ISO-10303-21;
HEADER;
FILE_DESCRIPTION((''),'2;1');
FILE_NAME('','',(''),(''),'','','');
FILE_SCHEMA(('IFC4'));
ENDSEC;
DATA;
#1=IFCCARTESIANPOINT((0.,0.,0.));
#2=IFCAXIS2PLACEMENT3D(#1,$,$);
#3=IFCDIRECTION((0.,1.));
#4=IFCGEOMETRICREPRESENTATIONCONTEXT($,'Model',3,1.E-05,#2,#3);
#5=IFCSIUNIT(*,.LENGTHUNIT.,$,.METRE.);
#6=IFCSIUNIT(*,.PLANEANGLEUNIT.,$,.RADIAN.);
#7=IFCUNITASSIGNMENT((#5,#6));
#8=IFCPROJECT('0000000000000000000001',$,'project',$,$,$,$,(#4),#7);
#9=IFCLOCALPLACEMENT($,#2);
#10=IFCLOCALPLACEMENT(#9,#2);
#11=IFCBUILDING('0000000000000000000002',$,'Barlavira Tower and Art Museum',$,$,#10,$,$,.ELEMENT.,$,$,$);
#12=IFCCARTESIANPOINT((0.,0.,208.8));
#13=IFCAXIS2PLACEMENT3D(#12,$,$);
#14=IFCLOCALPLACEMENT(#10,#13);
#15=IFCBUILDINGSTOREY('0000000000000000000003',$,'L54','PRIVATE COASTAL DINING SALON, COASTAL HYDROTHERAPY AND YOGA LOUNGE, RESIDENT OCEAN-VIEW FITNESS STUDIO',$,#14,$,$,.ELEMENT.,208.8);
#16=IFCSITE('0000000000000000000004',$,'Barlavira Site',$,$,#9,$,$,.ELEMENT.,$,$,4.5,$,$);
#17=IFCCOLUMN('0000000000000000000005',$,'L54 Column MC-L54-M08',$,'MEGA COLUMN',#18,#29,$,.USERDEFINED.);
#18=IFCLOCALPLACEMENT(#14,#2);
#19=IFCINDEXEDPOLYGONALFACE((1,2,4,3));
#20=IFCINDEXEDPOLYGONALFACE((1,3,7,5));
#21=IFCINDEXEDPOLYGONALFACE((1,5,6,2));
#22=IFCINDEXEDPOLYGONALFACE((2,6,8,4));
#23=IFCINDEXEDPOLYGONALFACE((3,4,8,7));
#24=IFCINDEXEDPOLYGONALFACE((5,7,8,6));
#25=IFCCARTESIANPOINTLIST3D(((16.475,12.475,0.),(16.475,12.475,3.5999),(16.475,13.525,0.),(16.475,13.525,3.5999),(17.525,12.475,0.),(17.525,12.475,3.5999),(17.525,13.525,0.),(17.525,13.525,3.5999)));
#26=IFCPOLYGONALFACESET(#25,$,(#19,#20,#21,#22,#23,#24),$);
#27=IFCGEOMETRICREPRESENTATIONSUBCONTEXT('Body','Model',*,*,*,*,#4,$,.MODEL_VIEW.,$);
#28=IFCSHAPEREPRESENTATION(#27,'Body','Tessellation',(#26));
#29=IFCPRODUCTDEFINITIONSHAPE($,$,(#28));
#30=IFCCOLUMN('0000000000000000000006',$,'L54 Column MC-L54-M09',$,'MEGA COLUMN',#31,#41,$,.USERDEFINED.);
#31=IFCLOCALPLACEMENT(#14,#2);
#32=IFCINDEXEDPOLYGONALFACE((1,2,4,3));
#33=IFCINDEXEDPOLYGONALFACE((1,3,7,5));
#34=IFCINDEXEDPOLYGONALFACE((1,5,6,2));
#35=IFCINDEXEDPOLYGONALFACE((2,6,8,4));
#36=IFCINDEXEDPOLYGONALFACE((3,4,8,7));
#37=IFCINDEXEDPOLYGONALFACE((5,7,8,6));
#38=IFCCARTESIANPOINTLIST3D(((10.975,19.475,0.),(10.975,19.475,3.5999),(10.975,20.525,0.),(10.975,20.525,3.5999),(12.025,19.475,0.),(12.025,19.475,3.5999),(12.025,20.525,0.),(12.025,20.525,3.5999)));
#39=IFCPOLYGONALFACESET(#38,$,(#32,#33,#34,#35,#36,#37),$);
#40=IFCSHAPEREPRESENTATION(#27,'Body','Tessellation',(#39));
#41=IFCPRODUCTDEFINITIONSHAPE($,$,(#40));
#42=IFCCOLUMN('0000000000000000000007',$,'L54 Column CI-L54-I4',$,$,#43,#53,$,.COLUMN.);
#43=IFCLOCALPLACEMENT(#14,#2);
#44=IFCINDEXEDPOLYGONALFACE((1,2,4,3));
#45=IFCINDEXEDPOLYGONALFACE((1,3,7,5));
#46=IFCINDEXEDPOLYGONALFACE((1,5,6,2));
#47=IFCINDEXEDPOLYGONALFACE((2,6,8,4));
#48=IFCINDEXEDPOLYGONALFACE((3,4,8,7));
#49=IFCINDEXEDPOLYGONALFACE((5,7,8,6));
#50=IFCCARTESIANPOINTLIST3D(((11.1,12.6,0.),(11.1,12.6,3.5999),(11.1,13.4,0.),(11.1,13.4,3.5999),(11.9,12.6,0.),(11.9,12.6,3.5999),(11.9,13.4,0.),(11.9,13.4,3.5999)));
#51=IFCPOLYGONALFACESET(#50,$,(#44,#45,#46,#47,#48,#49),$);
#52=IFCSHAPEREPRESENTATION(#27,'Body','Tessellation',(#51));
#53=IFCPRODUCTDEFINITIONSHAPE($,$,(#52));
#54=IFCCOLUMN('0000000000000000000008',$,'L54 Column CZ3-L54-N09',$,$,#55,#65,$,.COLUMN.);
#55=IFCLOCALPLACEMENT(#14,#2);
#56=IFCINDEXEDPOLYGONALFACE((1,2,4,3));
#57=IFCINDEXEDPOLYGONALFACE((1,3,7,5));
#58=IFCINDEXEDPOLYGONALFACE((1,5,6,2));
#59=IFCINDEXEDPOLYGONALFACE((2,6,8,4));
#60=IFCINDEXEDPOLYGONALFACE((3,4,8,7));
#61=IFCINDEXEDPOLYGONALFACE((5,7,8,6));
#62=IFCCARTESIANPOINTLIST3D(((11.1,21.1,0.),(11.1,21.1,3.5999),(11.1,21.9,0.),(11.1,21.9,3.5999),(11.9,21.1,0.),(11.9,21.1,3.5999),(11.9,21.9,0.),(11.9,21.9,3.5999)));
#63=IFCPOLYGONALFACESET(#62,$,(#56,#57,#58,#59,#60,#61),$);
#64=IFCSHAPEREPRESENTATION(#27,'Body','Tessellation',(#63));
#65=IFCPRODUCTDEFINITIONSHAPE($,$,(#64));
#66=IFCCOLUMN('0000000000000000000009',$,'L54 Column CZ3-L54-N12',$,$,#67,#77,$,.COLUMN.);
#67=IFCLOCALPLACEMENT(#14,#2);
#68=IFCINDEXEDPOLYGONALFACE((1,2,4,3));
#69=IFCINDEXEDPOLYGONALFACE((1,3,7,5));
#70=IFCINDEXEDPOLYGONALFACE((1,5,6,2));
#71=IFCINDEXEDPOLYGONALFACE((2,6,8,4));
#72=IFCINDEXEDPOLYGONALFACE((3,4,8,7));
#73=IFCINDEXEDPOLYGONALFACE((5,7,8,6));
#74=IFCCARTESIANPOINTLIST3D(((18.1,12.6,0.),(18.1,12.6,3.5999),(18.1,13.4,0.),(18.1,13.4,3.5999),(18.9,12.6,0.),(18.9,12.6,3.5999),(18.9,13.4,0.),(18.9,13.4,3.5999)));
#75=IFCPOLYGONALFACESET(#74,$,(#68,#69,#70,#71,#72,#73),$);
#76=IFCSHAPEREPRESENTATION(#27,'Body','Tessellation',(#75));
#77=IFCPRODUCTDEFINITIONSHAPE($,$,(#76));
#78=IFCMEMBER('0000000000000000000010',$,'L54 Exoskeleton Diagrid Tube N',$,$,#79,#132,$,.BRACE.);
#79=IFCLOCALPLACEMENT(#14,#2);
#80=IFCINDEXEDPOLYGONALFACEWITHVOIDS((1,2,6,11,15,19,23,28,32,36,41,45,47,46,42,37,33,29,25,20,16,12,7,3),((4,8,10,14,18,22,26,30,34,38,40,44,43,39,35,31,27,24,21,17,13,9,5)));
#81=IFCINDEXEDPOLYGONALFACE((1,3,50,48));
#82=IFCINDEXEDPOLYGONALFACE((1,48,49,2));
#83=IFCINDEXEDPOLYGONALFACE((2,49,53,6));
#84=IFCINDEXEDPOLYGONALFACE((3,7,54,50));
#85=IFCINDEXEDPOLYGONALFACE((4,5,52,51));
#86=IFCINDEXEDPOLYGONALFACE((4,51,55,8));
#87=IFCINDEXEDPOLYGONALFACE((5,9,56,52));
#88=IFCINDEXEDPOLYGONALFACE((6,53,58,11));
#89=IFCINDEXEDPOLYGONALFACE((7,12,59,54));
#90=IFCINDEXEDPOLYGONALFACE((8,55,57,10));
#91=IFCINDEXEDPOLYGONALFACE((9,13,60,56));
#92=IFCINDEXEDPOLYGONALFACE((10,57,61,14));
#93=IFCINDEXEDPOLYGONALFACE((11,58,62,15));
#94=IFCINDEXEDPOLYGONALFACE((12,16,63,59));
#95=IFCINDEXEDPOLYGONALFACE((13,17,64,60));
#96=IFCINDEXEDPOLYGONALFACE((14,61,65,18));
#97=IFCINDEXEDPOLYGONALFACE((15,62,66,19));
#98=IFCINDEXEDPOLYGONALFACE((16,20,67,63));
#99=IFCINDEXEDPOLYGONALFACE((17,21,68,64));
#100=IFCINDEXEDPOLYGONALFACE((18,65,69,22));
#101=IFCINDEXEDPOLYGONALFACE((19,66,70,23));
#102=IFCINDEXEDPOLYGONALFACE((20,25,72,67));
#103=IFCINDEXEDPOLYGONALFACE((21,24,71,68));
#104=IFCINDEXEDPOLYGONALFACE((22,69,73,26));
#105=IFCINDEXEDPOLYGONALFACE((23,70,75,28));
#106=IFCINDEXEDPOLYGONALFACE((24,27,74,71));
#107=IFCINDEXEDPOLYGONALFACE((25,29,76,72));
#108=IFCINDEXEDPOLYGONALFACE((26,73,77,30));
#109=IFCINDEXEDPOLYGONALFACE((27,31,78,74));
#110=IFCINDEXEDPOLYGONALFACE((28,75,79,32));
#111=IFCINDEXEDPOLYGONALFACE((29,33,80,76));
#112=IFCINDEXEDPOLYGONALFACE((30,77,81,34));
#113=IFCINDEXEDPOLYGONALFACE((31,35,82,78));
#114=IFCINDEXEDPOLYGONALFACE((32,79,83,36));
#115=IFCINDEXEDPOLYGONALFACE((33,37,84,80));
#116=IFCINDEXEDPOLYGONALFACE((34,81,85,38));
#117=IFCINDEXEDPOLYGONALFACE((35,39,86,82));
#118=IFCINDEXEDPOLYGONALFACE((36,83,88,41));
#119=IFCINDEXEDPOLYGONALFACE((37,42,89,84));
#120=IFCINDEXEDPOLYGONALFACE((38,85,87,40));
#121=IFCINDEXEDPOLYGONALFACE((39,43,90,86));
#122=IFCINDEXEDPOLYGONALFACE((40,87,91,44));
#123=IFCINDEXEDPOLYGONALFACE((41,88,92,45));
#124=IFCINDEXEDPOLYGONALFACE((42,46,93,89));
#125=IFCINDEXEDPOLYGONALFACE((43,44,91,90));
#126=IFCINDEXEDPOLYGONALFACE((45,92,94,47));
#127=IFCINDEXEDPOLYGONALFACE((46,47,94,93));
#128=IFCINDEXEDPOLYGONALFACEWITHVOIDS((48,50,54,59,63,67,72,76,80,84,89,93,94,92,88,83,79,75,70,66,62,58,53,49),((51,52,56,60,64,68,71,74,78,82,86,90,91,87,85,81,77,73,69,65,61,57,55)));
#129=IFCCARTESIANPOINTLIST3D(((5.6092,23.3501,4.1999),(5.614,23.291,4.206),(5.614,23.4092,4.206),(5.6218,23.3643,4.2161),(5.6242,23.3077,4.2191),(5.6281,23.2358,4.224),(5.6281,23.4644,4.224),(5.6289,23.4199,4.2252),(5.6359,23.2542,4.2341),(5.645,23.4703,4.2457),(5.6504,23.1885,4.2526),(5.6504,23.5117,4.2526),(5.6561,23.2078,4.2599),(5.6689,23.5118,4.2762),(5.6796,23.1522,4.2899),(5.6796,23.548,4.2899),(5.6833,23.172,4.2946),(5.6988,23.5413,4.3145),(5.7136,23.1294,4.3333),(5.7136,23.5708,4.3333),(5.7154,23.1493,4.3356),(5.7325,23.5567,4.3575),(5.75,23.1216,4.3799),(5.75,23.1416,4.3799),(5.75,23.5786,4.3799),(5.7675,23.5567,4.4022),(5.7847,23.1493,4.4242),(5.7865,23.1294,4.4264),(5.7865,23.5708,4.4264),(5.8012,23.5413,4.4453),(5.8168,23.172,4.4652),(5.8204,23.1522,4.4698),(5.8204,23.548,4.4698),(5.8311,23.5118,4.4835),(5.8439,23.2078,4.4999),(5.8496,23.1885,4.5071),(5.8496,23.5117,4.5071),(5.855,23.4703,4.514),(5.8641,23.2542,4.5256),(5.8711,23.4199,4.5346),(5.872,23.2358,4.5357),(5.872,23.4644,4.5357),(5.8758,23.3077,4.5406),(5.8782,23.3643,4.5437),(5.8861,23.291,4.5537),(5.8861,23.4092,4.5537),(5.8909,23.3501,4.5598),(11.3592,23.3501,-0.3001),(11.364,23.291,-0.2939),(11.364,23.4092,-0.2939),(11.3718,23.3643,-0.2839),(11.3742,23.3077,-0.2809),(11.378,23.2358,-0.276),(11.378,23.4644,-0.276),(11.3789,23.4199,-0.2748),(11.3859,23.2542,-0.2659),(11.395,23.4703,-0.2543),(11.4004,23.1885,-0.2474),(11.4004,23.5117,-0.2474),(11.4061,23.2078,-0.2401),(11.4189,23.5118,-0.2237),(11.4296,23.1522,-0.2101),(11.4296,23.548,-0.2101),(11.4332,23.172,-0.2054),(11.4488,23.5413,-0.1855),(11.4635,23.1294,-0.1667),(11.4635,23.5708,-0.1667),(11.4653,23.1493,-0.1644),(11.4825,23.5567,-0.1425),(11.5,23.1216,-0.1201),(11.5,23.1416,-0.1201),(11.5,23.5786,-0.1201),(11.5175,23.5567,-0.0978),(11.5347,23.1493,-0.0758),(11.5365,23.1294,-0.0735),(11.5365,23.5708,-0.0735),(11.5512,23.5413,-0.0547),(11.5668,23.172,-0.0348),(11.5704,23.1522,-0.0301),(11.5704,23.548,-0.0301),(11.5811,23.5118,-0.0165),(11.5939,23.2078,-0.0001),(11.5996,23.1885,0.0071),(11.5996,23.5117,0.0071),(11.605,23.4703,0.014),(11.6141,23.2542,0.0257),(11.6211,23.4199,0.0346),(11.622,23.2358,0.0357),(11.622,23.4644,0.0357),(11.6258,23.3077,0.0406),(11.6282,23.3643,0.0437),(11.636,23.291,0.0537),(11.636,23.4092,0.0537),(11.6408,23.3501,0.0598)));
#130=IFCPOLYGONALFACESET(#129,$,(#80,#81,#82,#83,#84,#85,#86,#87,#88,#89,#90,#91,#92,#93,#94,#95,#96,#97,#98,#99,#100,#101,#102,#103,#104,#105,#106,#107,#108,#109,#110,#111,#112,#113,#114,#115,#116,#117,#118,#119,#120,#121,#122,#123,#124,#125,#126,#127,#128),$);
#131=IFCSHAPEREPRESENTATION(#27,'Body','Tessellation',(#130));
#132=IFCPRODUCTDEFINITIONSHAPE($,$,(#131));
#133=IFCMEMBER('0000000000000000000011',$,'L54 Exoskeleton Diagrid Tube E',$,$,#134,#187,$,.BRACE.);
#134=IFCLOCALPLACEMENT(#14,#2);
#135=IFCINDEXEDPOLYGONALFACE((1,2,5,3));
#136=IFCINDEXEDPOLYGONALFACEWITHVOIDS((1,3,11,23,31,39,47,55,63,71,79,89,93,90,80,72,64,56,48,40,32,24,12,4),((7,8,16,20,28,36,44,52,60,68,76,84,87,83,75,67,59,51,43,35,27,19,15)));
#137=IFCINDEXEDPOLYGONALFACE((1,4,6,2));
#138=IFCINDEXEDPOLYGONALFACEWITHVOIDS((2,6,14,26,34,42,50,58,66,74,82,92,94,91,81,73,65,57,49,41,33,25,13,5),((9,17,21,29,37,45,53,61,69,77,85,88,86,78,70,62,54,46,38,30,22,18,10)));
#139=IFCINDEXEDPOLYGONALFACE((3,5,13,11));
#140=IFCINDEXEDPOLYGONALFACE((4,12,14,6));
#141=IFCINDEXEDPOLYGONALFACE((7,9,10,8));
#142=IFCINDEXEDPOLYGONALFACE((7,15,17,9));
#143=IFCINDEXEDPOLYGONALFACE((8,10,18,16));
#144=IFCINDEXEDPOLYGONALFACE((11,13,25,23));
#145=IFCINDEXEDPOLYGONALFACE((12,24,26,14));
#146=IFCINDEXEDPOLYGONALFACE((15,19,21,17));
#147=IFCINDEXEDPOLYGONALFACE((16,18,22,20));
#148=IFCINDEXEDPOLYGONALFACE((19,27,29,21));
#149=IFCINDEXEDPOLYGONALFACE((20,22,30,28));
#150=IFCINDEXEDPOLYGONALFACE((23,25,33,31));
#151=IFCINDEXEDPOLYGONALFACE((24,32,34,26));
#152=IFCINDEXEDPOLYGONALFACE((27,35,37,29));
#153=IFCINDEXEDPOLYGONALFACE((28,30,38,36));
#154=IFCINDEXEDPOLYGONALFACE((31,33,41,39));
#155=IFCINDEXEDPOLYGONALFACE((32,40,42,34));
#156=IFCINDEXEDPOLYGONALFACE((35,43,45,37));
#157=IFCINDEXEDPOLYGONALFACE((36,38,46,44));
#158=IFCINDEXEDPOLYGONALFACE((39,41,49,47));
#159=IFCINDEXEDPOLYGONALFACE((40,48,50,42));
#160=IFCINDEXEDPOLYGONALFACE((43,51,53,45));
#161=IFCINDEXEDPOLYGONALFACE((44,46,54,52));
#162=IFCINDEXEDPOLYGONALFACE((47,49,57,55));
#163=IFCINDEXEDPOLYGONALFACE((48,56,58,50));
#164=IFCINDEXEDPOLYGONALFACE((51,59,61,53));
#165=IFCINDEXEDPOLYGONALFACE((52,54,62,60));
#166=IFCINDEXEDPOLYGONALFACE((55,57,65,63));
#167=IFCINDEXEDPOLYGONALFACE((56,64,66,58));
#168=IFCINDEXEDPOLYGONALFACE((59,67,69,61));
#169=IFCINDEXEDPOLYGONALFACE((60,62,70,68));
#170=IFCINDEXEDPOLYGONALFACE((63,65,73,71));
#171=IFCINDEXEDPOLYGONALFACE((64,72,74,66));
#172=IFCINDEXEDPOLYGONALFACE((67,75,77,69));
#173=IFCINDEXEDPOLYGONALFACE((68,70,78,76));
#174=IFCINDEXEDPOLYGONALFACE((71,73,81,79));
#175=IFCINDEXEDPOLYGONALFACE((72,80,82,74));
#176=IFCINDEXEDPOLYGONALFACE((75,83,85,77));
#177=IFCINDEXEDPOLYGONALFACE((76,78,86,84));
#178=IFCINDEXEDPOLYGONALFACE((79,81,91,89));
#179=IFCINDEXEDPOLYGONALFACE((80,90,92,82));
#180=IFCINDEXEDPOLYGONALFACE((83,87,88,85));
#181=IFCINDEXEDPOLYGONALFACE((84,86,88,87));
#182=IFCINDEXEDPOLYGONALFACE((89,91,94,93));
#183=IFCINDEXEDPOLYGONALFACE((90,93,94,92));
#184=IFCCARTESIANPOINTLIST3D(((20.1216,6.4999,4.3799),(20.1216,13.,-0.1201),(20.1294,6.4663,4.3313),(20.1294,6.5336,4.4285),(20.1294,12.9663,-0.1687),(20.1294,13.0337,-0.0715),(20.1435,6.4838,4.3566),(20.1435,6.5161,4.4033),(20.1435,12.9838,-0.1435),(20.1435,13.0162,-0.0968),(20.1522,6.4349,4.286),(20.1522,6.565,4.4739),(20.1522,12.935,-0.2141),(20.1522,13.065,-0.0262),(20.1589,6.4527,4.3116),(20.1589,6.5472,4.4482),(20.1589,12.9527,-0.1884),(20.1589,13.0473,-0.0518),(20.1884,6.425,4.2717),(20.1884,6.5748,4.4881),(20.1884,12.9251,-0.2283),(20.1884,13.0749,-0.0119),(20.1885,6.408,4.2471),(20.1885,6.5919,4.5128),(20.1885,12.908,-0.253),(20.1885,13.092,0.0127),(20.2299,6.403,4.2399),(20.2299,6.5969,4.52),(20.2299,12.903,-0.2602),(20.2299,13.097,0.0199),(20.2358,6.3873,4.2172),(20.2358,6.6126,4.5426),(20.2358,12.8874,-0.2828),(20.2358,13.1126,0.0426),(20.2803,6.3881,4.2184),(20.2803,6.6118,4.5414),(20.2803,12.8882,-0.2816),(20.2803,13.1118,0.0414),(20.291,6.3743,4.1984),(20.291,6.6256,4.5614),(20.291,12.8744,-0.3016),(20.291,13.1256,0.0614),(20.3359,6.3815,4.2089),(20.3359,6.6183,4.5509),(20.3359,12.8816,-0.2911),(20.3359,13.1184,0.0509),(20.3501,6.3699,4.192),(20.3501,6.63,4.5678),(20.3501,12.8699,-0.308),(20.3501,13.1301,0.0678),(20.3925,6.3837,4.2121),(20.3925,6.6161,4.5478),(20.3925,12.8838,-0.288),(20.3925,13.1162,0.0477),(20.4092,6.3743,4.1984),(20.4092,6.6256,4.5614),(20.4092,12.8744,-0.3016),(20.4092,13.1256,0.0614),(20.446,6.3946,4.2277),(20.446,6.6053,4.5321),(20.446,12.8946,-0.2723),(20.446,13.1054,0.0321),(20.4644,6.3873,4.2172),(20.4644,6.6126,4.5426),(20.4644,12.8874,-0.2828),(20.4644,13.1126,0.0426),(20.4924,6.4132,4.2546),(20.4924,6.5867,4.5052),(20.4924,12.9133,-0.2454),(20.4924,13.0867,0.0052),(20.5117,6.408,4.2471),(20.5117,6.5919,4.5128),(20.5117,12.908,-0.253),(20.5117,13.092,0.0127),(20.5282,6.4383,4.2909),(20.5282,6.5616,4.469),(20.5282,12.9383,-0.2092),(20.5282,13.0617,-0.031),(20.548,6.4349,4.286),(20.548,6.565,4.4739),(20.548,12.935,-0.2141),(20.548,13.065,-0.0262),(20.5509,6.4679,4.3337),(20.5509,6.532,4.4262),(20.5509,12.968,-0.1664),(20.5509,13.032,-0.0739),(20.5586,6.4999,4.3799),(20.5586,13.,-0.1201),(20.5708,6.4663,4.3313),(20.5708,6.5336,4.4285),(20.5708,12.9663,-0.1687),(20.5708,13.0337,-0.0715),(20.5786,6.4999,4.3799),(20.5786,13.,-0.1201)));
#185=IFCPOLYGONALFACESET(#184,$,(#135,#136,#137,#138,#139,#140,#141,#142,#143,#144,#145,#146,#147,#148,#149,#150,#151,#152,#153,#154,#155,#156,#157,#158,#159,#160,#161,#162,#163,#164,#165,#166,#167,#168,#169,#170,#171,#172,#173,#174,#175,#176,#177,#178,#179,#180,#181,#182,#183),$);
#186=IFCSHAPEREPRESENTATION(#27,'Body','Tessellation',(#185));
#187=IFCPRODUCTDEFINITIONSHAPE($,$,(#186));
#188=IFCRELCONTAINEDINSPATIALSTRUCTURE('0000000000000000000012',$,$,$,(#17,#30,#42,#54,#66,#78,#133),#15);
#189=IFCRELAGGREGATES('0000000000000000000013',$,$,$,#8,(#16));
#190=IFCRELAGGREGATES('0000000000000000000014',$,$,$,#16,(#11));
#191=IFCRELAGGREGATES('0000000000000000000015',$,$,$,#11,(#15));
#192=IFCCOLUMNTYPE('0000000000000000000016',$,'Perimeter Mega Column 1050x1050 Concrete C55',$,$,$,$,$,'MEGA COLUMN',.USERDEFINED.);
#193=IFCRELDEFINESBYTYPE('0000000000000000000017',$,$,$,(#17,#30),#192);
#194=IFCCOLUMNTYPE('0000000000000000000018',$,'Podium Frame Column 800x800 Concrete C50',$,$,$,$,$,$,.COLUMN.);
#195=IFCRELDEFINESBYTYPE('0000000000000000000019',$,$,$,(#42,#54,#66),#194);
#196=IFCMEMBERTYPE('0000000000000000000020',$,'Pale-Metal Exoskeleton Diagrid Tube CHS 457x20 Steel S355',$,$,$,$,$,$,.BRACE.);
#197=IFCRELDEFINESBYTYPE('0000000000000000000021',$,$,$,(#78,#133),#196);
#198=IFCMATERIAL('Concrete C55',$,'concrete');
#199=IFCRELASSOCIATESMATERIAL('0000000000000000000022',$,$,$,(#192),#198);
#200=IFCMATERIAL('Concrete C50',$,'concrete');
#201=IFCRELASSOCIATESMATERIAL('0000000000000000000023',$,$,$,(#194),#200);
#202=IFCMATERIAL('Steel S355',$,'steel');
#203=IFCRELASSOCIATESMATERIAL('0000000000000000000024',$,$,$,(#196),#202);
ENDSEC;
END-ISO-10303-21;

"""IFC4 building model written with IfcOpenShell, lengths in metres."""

from ifc_helpers import new_model, si_unit, direction, frame, origin, origin_2d, place, context, subcontext, project, spatial, rectangle, hollow_circle, extrude, material, material_profile, profile_set, type_object, element, save


model = new_model("IFC4")

# Units and contexts
model_context = context("Model", 3, precision=1e-05, world=origin(), true_north=direction((0.0, 1.0)))
body_context = subcontext(model_context, "Body", "Model", "MODEL_VIEW")
ifc_project = project(units=[si_unit("LENGTHUNIT", "METRE"), si_unit("PLANEANGLEUNIT", "RADIAN")], contexts=[model_context])

# Site, building, storey
site_placement = place(None, origin())
site = spatial("IfcSite", under=ifc_project, at=site_placement, Name="Barlavira Site", CompositionType="ELEMENT", RefElevation=4.5)
building_placement = place(site_placement, origin())
building = spatial("IfcBuilding", under=site, at=building_placement, Name="Barlavira Tower and Art Museum", CompositionType="ELEMENT")
storey_placement = place(building_placement, frame((0.0, 0.0, 208.8)))
storey = spatial("IfcBuildingStorey", under=building, at=storey_placement, Name="L54", Description="PRIVATE COASTAL DINING SALON, COASTAL HYDROTHERAPY AND YOGA LOUNGE, RESIDENT OCEAN-VIEW FITNESS STUDIO", CompositionType="ELEMENT", Elevation=208.8)

# Columns
ifc_material_1 = material(Name="Concrete C55", Category="concrete")
ifc_material_profile_1 = material_profile(ifc_material_1, rectangle(XDim=1.05, YDim=1.05, at=origin_2d()), Name="RC-COL 1050x1050")
ifc_profile_set_1 = profile_set([ifc_material_profile_1], Name="Concrete C55")
column_type_1 = type_object("IfcColumnType", Name="Perimeter Mega Column 1050x1050 Concrete C55", ElementType="MEGA COLUMN", PredefinedType="USERDEFINED", material=ifc_profile_set_1)
for number, where, z_axis, x_axis, name in (
    (1, (17.0, 13.0, 0.0), (0.0, 0.0, 1.0), (1.0, 0.0, 0.0), "L54 Column MC-L54-M08"),
    (2, (11.5, 20.0, 0.0), (0.0, 0.0, 1.0), (1.0, 0.0, 0.0), "L54 Column MC-L54-M09"),
):
    element("IfcColumn", number, at=place(storey_placement, frame(where, z_axis=z_axis, x_axis=x_axis)), inside=storey, type_object=column_type_1, Name=name, ObjectType="MEGA COLUMN", PredefinedType="USERDEFINED", context=body_context, shape_type="SweptSolid", body=[
        extrude(rectangle(XDim=1.05, YDim=1.05, at=origin_2d()), origin(), (0.0, 0.0, 1.0), 3.5999),
    ])
ifc_material_2 = material(Name="Concrete C50", Category="concrete")
ifc_material_profile_2 = material_profile(ifc_material_2, rectangle(XDim=0.8, YDim=0.8, at=origin_2d()), Name="RC-COL 800x800")
ifc_profile_set_2 = profile_set([ifc_material_profile_2], Name="Concrete C50")
column_type_2 = type_object("IfcColumnType", Name="Podium Frame Column 800x800 Concrete C50", PredefinedType="COLUMN", material=ifc_profile_set_2)
for number, where, z_axis, x_axis, name in (
    (3, (11.5, 13.0, 0.0), (0.0, 0.0, 1.0), (1.0, 0.0, 0.0), "L54 Column CI-L54-I4"),
    (4, (11.5, 21.5, 0.0), (0.0, 0.0, 1.0), (1.0, 0.0, 0.0), "L54 Column CZ3-L54-N09"),
    (5, (18.5, 13.0, 0.0), (0.0, 0.0, 1.0), (1.0, 0.0, 0.0), "L54 Column CZ3-L54-N12"),
):
    element("IfcColumn", number, at=place(storey_placement, frame(where, z_axis=z_axis, x_axis=x_axis)), inside=storey, type_object=column_type_2, Name=name, PredefinedType="COLUMN", context=body_context, shape_type="SweptSolid", body=[
        extrude(rectangle(XDim=0.8, YDim=0.8, at=origin_2d()), origin(), (0.0, 0.0, 1.0), 3.5999),
    ])

# Members
ifc_material_3 = material(Name="Steel S355", Category="steel")
ifc_material_profile_3 = material_profile(ifc_material_3, hollow_circle(Radius=0.2285, WallThickness=0.02, at=origin_2d()), Name="CHS 457.0x20.0")
ifc_profile_set_3 = profile_set([ifc_material_profile_3], Name="Steel S355")
member_type_1 = type_object("IfcMemberType", Name="Pale-Metal Exoskeleton Diagrid Tube CHS 457x20 Steel S355", PredefinedType="BRACE", material=ifc_profile_set_3)
member_1_placement = place(storey_placement, frame((11.5, 23.3501, -0.1201), z_axis=(-0.787505, 0.0, 0.616308), x_axis=(0.0, -1.0, 0.0)))
element("IfcMember", 6, at=member_1_placement, inside=storey, type_object=member_type_1, Name="L54 Exoskeleton Diagrid Tube N", PredefinedType="BRACE", context=body_context, shape_type="SweptSolid", body=[
    extrude(hollow_circle(Radius=0.2285, WallThickness=0.02, at=origin_2d()), origin(), (0.0, 0.0, 1.0), 7.3015),
])
member_2_placement = place(storey_placement, frame((20.3501, 13.0, -0.1201), z_axis=(0.0, -0.822192, 0.56921), x_axis=(1.0, 0.0, 0.0)))
element("IfcMember", 7, at=member_2_placement, inside=storey, type_object=member_type_1, Name="L54 Exoskeleton Diagrid Tube E", PredefinedType="BRACE", context=body_context, shape_type="SweptSolid", body=[
    extrude(hollow_circle(Radius=0.2285, WallThickness=0.02, at=origin_2d()), origin(), (0.0, 0.0, 1.0), 7.9058),
])

save(model, "model.ifc")
